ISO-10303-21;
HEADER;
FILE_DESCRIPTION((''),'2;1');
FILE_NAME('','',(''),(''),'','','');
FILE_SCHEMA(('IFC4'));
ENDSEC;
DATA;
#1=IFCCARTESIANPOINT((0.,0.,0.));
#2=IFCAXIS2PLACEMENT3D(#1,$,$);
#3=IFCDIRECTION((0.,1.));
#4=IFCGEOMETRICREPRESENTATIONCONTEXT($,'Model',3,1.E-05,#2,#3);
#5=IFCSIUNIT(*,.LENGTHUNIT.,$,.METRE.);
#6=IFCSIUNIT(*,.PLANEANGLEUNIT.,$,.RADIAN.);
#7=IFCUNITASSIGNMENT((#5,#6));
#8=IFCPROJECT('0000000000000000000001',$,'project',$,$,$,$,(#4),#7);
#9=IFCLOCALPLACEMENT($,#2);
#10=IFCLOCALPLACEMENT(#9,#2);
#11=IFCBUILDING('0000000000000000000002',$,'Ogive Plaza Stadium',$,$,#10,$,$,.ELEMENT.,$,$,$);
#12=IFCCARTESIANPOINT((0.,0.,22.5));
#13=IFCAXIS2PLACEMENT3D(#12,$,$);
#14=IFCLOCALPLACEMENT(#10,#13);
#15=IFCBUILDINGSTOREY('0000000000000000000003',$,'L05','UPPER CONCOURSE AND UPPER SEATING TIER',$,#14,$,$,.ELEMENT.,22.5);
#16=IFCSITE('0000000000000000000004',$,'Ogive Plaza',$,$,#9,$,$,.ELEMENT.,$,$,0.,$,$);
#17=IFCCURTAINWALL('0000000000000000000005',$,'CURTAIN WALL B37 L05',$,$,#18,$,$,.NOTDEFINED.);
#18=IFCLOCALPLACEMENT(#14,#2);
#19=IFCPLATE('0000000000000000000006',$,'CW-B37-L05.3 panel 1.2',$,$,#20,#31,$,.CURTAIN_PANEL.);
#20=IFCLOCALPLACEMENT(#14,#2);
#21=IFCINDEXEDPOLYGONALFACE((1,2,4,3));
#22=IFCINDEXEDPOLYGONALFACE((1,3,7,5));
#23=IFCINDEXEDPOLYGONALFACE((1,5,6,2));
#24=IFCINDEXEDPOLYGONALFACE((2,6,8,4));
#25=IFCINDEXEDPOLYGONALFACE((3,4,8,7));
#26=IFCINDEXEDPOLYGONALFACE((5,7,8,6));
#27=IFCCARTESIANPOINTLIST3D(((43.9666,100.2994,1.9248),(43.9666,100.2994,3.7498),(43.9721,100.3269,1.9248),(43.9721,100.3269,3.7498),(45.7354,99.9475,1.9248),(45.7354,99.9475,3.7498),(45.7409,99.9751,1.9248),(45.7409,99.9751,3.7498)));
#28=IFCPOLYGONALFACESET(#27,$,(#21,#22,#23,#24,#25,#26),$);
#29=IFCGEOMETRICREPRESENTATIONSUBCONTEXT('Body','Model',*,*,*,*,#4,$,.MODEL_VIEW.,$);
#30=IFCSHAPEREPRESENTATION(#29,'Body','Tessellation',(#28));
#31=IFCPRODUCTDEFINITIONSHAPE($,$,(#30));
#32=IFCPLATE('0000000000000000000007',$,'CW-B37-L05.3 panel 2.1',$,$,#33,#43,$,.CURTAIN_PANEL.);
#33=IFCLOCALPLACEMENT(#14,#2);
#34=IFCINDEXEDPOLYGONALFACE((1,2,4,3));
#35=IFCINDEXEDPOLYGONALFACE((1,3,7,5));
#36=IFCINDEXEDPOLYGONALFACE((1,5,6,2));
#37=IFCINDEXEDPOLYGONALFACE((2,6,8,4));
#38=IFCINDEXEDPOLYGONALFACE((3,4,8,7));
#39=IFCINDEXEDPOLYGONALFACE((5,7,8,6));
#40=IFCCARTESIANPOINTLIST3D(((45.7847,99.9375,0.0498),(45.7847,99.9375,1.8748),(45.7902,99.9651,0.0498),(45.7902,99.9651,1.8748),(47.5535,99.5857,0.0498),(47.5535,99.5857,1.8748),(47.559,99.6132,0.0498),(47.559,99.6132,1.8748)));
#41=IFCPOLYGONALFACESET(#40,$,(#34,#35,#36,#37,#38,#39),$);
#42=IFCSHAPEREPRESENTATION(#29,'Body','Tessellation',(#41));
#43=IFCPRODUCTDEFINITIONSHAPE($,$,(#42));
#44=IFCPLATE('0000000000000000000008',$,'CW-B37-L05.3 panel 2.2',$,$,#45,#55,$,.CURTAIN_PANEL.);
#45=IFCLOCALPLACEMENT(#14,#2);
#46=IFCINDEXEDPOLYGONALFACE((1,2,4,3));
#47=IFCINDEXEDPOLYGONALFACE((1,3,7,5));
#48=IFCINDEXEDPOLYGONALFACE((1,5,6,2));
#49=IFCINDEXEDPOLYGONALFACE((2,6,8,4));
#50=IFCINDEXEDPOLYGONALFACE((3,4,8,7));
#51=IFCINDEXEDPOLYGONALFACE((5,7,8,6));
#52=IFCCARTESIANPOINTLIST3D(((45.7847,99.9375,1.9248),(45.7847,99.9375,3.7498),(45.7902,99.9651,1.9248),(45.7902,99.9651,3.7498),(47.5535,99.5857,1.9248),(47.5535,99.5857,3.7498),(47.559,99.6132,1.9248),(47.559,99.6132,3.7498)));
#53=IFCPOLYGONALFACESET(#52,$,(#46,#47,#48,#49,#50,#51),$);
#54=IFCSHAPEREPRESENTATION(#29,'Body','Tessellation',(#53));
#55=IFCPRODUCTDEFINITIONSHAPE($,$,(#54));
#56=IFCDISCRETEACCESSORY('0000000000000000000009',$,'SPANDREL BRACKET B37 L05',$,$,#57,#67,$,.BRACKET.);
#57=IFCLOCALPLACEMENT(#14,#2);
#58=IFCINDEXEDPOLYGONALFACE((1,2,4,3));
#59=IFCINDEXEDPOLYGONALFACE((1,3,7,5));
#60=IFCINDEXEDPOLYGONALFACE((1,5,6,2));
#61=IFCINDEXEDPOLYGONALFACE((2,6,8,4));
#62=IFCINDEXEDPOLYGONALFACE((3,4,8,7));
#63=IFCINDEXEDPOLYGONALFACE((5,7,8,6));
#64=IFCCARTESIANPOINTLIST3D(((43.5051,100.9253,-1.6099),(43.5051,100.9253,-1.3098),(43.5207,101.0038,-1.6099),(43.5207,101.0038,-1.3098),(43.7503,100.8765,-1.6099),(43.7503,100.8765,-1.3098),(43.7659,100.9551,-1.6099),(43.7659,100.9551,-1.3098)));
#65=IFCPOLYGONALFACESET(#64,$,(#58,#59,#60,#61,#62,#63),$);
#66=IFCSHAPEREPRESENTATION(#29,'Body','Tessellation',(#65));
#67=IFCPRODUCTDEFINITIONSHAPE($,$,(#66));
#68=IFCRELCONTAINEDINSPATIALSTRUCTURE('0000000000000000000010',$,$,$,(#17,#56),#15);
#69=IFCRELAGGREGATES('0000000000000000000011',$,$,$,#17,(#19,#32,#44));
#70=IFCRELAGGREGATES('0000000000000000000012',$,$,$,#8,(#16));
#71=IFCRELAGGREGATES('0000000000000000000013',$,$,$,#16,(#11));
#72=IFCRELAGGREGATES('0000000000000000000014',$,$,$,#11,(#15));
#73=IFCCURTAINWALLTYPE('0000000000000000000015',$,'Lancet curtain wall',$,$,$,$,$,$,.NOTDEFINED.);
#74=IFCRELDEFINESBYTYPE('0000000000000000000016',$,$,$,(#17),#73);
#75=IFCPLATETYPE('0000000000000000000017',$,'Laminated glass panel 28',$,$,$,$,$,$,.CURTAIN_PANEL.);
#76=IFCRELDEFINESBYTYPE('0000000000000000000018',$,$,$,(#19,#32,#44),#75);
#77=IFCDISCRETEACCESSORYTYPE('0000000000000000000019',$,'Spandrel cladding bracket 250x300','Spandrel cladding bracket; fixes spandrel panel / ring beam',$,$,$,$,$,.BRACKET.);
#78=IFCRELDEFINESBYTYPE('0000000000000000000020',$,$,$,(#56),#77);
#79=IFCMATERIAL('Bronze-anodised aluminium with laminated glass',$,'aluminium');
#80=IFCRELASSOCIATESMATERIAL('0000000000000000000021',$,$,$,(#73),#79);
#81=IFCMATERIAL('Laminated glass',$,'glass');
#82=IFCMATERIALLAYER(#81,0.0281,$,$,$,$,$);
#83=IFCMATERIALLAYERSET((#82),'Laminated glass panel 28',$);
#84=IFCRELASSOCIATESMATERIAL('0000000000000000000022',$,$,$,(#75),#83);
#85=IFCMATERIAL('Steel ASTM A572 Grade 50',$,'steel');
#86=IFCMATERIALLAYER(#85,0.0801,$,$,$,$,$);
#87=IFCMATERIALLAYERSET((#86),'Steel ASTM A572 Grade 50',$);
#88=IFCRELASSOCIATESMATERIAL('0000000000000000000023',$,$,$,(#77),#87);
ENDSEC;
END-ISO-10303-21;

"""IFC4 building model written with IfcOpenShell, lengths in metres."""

from ifc_helpers import new_model, si_unit, direction, frame, origin, origin_2d, place, context, subcontext, project, spatial, rectangle, extrude, material, layer, layer_set, type_object, element, aggregate, save


model = new_model("IFC4")

# Units and contexts
model_context = context("Model", 3, precision=1e-05, world=origin(), true_north=direction((0.0, 1.0)))
body_context = subcontext(model_context, "Body", "Model", "MODEL_VIEW")
ifc_project = project(units=[si_unit("LENGTHUNIT", "METRE"), si_unit("PLANEANGLEUNIT", "RADIAN")], contexts=[model_context])

# Site, building, storey
site_placement = place(None, origin())
site = spatial("IfcSite", under=ifc_project, at=site_placement, Name="Ogive Plaza", CompositionType="ELEMENT", RefElevation=0.0)
building_placement = place(site_placement, origin())
building = spatial("IfcBuilding", under=site, at=building_placement, Name="Ogive Plaza Stadium", CompositionType="ELEMENT")
storey_placement = place(building_placement, frame((0.0, 0.0, 22.5)))
storey = spatial("IfcBuildingStorey", under=building, at=storey_placement, Name="L05", Description="UPPER CONCOURSE AND UPPER SEATING TIER", CompositionType="ELEMENT", Elevation=22.5)

# Shared definitions
ifc_material_1 = material(Name="Bronze-anodised aluminium with laminated glass", Category="aluminium")
curtain_wall_type = type_object("IfcCurtainWallType", Name="Lancet curtain wall", PredefinedType="NOTDEFINED", material=ifc_material_1)

# Curtain wall
curtain_wall_1_placement = place(storey_placement, origin())
curtain_wall_1 = element("IfcCurtainWall", 1, at=curtain_wall_1_placement, inside=storey, type_object=curtain_wall_type, Name="CURTAIN WALL B37 L05", PredefinedType="NOTDEFINED")

# Plates
ifc_material_2 = material(Name="Laminated glass", Category="glass")
ifc_layer_1 = layer(ifc_material_2, 0.0281)
ifc_layer_set_1 = layer_set([ifc_layer_1], Name="Laminated glass panel 28")
plate_type = type_object("IfcPlateType", Name="Laminated glass panel 28", PredefinedType="CURTAIN_PANEL", material=ifc_layer_set_1)
plate_1_placement = place(storey_placement, frame((44.8538, 100.1372, 1.9248), z_axis=(0.0, 0.0, 1.0), x_axis=(0.980785, -0.19509, 0.0)))
plate_1 = element("IfcPlate", 2, at=plate_1_placement, type_object=plate_type, Name="CW-B37-L05.3 panel 1.2", PredefinedType="CURTAIN_PANEL", context=body_context, shape_type="SweptSolid", body=[
    extrude(rectangle(XDim=1.8035, YDim=0.0281, at=origin_2d()), origin(), (0.0, 0.0, 1.0), 1.825),
])
plate_2_placement = place(storey_placement, frame((46.6719, 99.7754, 0.0498), z_axis=(0.0, 0.0, 1.0), x_axis=(0.980785, -0.19509, 0.0)))
plate_2 = element("IfcPlate", 3, at=plate_2_placement, type_object=plate_type, Name="CW-B37-L05.3 panel 2.1", PredefinedType="CURTAIN_PANEL", context=body_context, shape_type="SweptSolid", body=[
    extrude(rectangle(XDim=1.8035, YDim=0.0281, at=origin_2d()), origin(), (0.0, 0.0, 1.0), 1.825),
])
plate_3_placement = place(storey_placement, frame((46.6719, 99.7754, 1.9248), z_axis=(0.0, 0.0, 1.0), x_axis=(0.980785, -0.19509, 0.0)))
plate_3 = element("IfcPlate", 4, at=plate_3_placement, type_object=plate_type, Name="CW-B37-L05.3 panel 2.2", PredefinedType="CURTAIN_PANEL", context=body_context, shape_type="SweptSolid", body=[
    extrude(rectangle(XDim=1.8035, YDim=0.0281, at=origin_2d()), origin(), (0.0, 0.0, 1.0), 1.825),
])
aggregate(curtain_wall_1, [plate_1, plate_2, plate_3])

# Discrete accessory
ifc_material_3 = material(Name="Steel ASTM A572 Grade 50", Category="steel")
ifc_layer_2 = layer(ifc_material_3, 0.0801)
ifc_layer_set_2 = layer_set([ifc_layer_2], Name="Steel ASTM A572 Grade 50")
discrete_accessory_type = type_object("IfcDiscreteAccessoryType", Name="Spandrel cladding bracket 250x300", Description="Spandrel cladding bracket; fixes spandrel panel / ring beam", PredefinedType="BRACKET", material=ifc_layer_set_2)
discrete_accessory_placement = place(storey_placement, frame((43.6355, 100.9402, -1.6099), z_axis=(0.0, 0.0, 1.0), x_axis=(0.980785, -0.19509, 0.0)))
element("IfcDiscreteAccessory", 5, at=discrete_accessory_placement, inside=storey, type_object=discrete_accessory_type, Name="SPANDREL BRACKET B37 L05", PredefinedType="BRACKET", context=body_context, shape_type="SweptSolid", body=[
    extrude(rectangle(XDim=0.25, YDim=0.0801, at=origin_2d()), origin(), (0.0, 0.0, 1.0), 0.3),
])

save(model, "model.ifc")
